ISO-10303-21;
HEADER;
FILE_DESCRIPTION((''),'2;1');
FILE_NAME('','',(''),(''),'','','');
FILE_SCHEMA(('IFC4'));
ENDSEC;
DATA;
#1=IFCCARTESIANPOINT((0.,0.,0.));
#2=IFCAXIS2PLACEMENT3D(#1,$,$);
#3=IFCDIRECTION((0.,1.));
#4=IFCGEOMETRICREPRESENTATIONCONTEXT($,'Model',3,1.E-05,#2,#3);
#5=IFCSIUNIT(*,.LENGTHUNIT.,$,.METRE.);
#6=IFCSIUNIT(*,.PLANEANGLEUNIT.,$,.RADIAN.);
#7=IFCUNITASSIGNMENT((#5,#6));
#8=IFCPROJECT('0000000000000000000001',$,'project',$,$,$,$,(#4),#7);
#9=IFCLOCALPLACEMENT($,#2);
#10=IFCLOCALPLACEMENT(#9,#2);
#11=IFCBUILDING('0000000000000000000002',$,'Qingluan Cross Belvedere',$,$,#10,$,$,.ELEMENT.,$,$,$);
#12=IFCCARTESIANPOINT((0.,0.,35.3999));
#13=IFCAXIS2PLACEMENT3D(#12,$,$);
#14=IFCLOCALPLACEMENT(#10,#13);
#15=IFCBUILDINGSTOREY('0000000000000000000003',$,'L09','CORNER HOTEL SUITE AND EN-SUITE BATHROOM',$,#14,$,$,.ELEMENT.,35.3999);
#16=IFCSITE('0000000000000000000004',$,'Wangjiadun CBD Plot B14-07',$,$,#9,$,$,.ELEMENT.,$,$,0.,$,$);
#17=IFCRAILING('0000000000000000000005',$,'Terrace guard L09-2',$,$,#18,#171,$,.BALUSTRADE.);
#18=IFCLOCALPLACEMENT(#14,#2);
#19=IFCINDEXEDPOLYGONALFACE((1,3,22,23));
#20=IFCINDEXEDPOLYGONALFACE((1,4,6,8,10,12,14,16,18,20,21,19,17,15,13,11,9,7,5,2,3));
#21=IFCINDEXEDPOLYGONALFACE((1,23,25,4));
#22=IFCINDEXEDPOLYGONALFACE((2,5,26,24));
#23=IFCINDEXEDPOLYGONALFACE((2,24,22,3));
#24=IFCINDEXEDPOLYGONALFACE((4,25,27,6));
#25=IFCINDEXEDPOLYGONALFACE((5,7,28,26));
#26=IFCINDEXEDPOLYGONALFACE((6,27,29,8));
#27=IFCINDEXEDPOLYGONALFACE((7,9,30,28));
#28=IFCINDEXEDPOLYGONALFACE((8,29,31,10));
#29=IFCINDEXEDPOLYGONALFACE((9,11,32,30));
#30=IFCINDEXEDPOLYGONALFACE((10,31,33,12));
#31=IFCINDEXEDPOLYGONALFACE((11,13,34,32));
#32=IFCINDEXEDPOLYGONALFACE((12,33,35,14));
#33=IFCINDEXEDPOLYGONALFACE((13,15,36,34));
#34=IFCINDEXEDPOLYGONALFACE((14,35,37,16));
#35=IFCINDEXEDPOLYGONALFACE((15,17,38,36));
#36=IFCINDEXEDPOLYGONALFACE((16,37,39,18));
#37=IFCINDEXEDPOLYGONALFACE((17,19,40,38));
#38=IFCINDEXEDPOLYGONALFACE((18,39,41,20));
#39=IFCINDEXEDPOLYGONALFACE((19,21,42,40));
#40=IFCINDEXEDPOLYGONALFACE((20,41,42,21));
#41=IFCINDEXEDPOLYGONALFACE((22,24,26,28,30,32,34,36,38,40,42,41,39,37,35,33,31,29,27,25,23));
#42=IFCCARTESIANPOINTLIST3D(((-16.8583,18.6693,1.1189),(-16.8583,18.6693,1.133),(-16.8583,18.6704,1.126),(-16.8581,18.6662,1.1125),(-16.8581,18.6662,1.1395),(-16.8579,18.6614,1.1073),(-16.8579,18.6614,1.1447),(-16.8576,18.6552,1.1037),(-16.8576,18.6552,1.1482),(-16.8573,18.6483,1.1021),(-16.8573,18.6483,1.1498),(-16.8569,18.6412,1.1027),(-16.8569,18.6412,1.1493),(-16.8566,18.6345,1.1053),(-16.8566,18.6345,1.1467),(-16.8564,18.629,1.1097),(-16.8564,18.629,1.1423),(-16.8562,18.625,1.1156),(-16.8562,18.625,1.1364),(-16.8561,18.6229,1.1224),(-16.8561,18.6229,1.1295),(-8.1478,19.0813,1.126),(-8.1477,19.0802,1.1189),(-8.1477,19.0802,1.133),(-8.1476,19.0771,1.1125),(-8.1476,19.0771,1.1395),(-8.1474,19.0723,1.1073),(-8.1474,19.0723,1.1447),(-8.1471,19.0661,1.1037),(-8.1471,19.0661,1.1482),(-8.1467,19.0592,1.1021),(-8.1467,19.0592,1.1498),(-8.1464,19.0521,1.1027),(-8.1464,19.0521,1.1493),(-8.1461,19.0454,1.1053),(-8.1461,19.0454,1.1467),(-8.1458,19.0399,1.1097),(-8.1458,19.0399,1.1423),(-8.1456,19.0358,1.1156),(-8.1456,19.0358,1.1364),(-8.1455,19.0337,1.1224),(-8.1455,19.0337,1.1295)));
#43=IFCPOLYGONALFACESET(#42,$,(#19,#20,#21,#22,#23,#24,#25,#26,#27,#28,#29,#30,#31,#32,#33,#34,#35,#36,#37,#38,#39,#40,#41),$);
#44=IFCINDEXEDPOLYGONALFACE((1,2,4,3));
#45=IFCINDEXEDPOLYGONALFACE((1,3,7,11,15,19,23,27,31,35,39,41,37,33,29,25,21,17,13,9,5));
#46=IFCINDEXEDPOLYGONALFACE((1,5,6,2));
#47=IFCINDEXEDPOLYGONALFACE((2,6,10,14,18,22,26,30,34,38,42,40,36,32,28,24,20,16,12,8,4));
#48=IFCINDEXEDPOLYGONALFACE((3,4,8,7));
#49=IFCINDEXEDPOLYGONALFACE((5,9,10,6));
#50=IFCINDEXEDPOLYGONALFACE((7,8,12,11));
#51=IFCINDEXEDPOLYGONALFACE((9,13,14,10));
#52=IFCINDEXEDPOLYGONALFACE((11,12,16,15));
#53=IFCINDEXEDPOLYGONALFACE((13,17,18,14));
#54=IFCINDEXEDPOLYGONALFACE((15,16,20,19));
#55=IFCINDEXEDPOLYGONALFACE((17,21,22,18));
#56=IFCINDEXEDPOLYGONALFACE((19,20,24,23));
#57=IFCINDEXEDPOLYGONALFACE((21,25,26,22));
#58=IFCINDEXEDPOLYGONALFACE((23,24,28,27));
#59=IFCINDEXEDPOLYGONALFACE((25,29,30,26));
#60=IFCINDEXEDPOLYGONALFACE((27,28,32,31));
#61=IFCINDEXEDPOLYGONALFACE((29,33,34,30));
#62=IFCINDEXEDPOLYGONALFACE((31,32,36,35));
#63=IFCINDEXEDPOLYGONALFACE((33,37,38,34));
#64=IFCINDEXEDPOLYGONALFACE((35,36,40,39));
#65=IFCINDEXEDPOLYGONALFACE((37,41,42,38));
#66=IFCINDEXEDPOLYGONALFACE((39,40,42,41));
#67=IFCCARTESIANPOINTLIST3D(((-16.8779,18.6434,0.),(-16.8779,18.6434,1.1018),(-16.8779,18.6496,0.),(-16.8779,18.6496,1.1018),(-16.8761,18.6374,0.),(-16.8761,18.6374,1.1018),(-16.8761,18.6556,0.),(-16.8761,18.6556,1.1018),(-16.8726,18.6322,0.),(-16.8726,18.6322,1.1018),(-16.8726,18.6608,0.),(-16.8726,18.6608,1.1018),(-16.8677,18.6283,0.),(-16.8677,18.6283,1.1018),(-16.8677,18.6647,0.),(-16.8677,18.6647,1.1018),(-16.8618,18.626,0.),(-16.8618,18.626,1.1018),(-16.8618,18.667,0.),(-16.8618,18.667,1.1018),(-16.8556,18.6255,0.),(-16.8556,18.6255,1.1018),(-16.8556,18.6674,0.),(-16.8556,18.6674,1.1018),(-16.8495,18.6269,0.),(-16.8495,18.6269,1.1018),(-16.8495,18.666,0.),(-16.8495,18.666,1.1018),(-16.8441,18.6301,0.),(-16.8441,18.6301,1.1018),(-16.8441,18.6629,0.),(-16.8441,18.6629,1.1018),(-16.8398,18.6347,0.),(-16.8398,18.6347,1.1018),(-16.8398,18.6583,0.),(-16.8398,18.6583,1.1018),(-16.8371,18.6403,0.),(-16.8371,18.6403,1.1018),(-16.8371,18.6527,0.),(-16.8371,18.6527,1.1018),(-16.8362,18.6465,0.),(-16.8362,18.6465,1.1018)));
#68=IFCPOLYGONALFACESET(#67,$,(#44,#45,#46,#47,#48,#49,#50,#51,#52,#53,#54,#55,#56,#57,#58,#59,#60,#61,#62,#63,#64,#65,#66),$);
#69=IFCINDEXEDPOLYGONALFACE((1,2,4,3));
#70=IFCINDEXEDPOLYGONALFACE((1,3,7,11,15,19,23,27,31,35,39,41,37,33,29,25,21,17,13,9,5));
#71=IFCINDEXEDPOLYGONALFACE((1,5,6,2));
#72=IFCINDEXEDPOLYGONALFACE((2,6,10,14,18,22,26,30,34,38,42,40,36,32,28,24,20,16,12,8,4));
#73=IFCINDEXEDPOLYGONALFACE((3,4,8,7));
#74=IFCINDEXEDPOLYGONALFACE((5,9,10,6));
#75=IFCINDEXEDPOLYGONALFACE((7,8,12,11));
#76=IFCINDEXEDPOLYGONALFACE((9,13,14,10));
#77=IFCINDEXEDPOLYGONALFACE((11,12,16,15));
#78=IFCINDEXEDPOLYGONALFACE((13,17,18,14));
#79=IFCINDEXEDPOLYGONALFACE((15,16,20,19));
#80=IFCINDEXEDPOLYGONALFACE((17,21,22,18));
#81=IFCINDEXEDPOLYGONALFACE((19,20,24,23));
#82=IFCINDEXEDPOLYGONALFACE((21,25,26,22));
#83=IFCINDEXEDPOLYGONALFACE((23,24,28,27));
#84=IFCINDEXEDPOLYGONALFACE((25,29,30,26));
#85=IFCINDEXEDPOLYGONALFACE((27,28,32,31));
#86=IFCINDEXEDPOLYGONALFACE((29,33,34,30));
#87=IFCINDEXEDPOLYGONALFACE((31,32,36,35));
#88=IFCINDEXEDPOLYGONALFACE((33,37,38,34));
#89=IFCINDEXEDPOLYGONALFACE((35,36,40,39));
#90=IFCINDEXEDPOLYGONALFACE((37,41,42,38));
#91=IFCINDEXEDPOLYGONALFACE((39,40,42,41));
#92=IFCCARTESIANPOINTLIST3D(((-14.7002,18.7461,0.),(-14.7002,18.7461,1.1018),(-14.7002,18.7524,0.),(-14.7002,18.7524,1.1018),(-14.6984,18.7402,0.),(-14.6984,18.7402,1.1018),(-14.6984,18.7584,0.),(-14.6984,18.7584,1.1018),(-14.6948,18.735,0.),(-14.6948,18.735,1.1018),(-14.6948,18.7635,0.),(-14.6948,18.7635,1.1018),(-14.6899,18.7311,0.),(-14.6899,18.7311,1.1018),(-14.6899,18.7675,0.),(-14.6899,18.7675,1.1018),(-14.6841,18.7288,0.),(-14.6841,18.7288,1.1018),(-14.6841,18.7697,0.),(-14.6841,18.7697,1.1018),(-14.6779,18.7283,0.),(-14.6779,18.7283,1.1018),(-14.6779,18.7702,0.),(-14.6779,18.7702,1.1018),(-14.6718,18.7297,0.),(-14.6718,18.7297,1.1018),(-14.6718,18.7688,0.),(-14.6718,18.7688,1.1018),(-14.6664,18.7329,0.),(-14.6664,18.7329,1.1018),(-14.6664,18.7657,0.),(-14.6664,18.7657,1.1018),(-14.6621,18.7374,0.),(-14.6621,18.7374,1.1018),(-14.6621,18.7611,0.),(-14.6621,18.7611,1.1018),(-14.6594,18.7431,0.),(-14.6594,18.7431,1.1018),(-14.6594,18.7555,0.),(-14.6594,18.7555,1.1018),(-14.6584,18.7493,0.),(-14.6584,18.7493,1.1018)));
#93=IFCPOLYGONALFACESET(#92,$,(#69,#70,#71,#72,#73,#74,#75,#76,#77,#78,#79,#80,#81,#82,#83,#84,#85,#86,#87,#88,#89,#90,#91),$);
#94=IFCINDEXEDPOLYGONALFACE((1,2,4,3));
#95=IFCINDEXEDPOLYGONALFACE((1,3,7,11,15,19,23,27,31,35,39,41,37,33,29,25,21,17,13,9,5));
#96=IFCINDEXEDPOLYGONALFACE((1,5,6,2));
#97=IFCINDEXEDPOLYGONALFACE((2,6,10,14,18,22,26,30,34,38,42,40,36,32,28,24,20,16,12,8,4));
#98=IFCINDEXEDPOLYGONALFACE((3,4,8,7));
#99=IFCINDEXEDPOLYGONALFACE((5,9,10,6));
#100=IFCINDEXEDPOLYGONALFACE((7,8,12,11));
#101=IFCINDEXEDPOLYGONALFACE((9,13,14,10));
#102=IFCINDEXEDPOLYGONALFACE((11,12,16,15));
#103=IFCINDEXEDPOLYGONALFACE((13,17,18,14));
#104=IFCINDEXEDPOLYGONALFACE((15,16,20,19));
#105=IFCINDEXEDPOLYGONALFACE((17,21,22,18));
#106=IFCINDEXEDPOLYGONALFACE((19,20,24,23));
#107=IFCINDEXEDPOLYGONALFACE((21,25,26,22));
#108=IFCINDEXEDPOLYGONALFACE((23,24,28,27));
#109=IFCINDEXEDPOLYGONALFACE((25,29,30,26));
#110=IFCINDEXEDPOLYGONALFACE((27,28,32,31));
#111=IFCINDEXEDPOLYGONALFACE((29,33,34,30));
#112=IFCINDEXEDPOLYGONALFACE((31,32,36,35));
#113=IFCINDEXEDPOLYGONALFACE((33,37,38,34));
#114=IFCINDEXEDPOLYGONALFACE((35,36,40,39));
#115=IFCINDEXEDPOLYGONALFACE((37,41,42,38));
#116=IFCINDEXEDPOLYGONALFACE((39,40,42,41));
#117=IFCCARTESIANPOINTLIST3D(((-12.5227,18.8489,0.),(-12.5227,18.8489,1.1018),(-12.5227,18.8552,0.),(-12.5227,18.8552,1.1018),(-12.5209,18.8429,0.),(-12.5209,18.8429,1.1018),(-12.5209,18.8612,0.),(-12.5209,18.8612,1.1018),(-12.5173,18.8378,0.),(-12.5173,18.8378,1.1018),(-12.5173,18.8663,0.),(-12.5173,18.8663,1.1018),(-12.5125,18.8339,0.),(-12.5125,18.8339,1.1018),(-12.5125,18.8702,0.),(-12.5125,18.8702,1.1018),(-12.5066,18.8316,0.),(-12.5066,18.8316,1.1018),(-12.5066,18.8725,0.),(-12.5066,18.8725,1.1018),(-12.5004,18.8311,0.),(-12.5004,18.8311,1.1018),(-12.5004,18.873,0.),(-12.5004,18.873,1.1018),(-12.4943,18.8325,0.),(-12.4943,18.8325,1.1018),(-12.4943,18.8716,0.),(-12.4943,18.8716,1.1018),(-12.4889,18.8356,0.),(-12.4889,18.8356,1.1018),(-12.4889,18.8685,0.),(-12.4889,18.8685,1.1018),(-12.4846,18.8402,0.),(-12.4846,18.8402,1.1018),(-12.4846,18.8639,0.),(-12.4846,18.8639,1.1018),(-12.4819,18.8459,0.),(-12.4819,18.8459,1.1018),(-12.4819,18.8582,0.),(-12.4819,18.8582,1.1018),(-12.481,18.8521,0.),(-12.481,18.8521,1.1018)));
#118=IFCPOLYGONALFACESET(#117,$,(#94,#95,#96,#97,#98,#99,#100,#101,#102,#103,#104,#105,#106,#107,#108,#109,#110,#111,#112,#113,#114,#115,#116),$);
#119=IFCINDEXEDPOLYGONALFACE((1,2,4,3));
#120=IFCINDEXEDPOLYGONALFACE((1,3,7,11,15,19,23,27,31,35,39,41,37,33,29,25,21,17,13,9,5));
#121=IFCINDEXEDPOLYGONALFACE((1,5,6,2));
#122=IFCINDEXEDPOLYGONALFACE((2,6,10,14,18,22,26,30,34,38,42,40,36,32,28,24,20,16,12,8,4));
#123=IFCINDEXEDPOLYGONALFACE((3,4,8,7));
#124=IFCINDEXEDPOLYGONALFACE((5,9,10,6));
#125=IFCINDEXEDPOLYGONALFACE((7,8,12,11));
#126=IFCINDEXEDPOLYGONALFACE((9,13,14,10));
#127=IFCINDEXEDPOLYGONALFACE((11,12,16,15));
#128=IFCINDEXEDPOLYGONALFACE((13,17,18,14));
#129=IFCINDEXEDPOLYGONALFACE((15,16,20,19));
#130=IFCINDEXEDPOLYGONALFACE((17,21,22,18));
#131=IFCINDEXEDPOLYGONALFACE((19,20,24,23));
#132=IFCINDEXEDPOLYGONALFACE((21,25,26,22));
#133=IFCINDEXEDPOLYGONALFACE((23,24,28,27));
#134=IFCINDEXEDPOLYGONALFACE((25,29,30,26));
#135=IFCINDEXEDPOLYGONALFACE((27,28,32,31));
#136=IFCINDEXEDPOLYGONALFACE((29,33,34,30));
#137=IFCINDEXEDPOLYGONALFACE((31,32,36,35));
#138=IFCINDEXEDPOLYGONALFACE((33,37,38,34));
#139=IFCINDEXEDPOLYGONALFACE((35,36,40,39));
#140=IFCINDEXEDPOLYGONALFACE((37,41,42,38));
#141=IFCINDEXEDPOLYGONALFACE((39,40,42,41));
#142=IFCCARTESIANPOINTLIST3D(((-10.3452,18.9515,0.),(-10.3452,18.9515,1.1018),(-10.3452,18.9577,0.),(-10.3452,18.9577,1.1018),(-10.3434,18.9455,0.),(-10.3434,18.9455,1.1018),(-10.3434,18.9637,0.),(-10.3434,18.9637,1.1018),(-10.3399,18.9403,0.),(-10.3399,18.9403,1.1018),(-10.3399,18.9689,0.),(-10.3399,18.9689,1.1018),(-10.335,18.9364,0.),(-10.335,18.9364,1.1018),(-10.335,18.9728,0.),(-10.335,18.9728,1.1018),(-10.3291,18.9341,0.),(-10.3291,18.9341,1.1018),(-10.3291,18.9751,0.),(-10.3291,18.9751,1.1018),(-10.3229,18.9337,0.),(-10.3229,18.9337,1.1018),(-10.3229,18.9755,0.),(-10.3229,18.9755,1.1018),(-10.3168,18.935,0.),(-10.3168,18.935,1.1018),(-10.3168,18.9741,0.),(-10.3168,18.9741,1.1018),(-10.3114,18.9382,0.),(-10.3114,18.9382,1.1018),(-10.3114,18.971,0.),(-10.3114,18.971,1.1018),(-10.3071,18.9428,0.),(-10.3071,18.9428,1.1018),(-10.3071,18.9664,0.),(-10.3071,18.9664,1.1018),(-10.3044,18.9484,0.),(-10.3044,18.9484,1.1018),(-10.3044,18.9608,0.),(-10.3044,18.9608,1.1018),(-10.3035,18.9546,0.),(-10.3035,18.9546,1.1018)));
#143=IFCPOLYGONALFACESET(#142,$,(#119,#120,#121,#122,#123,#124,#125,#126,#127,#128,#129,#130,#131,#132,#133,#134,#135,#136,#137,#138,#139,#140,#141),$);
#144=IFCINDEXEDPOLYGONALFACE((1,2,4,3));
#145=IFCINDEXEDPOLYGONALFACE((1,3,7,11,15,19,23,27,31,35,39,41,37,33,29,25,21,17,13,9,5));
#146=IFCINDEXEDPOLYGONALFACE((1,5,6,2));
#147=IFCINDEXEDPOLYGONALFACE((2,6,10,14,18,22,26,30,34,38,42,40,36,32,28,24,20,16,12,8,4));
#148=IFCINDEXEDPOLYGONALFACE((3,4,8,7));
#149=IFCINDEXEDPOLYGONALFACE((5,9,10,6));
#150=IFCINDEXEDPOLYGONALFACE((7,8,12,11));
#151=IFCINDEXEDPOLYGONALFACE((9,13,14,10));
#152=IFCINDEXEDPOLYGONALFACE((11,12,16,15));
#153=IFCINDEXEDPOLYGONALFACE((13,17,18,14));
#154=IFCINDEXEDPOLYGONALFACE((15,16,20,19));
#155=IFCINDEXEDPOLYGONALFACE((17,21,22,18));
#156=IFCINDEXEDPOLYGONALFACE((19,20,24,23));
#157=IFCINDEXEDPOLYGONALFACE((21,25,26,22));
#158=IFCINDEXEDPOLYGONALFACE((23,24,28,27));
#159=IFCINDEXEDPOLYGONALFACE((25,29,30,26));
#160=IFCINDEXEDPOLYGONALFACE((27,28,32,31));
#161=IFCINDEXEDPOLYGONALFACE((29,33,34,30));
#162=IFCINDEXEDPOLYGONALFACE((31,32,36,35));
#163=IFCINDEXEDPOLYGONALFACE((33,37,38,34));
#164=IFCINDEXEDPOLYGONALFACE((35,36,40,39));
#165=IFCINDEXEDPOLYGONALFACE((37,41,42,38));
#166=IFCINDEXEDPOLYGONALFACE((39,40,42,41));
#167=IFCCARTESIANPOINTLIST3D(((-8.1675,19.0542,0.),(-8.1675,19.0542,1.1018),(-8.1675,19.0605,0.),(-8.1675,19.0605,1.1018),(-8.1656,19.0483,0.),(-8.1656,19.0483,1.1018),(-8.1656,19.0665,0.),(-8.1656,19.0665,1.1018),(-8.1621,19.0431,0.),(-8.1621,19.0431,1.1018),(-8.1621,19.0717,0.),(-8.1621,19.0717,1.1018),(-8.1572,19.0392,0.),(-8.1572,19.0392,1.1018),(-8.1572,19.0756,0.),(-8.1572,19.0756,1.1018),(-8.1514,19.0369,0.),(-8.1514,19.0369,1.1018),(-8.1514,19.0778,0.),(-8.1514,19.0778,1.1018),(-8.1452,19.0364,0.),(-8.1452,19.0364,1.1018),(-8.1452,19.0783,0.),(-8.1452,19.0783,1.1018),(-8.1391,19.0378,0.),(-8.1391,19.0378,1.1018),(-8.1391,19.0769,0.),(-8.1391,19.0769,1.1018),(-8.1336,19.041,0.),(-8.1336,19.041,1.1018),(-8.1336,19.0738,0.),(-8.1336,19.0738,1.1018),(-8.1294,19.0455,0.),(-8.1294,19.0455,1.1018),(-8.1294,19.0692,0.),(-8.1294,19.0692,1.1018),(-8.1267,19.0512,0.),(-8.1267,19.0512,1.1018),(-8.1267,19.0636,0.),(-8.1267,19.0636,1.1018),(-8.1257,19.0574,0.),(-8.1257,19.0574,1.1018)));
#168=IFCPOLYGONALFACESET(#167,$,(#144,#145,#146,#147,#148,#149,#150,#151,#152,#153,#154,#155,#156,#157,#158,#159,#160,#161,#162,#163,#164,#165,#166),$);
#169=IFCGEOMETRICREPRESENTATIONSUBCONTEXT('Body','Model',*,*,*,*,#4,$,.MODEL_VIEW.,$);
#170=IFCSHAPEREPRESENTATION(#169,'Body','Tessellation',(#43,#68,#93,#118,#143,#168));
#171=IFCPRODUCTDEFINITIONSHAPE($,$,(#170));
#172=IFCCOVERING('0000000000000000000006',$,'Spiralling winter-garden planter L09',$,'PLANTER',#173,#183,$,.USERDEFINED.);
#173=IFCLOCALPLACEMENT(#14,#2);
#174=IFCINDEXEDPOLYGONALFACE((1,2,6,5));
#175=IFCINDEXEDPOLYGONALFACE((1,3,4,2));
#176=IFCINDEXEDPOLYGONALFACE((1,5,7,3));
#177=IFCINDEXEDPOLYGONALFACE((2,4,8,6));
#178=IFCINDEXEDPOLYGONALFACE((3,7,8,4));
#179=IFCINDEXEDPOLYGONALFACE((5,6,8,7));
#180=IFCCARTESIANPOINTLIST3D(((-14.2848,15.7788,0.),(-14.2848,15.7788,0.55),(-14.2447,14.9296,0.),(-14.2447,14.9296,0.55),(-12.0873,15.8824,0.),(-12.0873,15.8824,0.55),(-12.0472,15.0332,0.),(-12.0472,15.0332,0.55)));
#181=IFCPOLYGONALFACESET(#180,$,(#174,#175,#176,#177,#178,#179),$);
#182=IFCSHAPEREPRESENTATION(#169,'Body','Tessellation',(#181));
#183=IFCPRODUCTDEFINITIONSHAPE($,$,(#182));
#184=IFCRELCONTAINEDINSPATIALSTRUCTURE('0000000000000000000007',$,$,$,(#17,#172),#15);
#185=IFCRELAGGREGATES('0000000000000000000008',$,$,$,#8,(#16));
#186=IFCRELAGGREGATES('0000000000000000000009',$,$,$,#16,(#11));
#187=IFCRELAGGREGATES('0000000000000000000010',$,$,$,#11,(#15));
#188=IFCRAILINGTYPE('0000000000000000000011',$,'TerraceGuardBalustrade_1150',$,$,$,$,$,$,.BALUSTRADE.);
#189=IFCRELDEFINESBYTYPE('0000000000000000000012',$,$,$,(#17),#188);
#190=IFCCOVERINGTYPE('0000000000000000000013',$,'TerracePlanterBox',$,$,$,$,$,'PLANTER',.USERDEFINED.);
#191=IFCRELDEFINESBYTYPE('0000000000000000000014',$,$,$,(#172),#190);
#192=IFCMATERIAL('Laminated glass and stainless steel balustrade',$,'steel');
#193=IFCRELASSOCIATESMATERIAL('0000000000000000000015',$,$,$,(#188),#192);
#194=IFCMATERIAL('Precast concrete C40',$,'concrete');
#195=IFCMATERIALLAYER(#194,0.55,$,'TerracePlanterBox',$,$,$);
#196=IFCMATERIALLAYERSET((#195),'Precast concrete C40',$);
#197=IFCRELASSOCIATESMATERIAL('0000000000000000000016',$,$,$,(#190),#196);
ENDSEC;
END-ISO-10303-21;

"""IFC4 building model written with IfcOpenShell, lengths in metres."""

from ifc_helpers import new_model, si_unit, direction, frame, origin, origin_2d, place, context, subcontext, project, spatial, rectangle, circle, extrude, material, layer, layer_set, type_object, element, save


model = new_model("IFC4")

# Units and contexts
model_context = context("Model", 3, precision=1e-05, world=origin(), true_north=direction((0.0, 1.0)))
body_context = subcontext(model_context, "Body", "Model", "MODEL_VIEW")
ifc_project = project(units=[si_unit("LENGTHUNIT", "METRE"), si_unit("PLANEANGLEUNIT", "RADIAN")], contexts=[model_context])

# Site, building, storey
site_placement = place(None, origin())
site = spatial("IfcSite", under=ifc_project, at=site_placement, Name="Wangjiadun CBD Plot B14-07", CompositionType="ELEMENT", RefElevation=0.0)
building_placement = place(site_placement, origin())
building = spatial("IfcBuilding", under=site, at=building_placement, Name="Qingluan Cross Belvedere", CompositionType="ELEMENT")
storey_placement = place(building_placement, frame((0.0, 0.0, 35.3999)))
storey = spatial("IfcBuildingStorey", under=building, at=storey_placement, Name="L09", Description="CORNER HOTEL SUITE AND EN-SUITE BATHROOM", CompositionType="ELEMENT", Elevation=35.3999)

# Railing
ifc_material_1 = material(Name="Laminated glass and stainless steel balustrade", Category="steel")
railing_type = type_object("IfcRailingType", Name="TerraceGuardBalustrade_1150", PredefinedType="BALUSTRADE", material=ifc_material_1)
railing_placement = place(storey_placement, frame((-16.8572, 18.6465, 0.0)))
element("IfcRailing", 1, at=railing_placement, inside=storey, type_object=railing_type, Name="Terrace guard L09-2", PredefinedType="BALUSTRADE", context=body_context, shape_type="SweptSolid", body=[
    extrude(circle(Radius=0.0239, at=origin_2d()), frame((0.0, 0.0, 1.126), z_axis=(0.998889, 0.04712, 0.0), x_axis=(-0.04712, 0.998889, 0.0)), (0.0, 0.0, 1.0), 8.7202),
    extrude(circle(Radius=0.021, at=origin_2d()), origin(), (0.0, 0.0, 1.0), 1.1018),
    extrude(circle(Radius=0.021, at=origin_2d()), frame((2.1777, 0.1028, 0.0)), (0.0, 0.0, 1.0), 1.1018),
    extrude(circle(Radius=0.021, at=origin_2d()), frame((4.3552, 0.2056, 0.0)), (0.0, 0.0, 1.0), 1.1018),
    extrude(circle(Radius=0.021, at=origin_2d()), frame((6.5327, 0.3081, 0.0)), (0.0, 0.0, 1.0), 1.1018),
    extrude(circle(Radius=0.021, at=origin_2d()), frame((8.7104, 0.4109, 0.0)), (0.0, 0.0, 1.0), 1.1018),
])

# Covering
ifc_material_2 = material(Name="Precast concrete C40", Category="concrete")
ifc_layer_1 = layer(ifc_material_2, 0.55, Name="TerracePlanterBox")
ifc_layer_set_1 = layer_set([ifc_layer_1], Name="Precast concrete C40")
covering_type_1 = type_object("IfcCoveringType", Name="TerracePlanterBox", ElementType="PLANTER", PredefinedType="USERDEFINED", material=ifc_layer_set_1)
covering_1_placement = place(storey_placement, frame((-13.166, 15.406, 0.0), z_axis=(0.0, 0.0, 1.0), x_axis=(0.99889, 0.047106, 0.0)))
element("IfcCovering", 2, at=covering_1_placement, inside=storey, type_object=covering_type_1, Name="Spiralling winter-garden planter L09", ObjectType="PLANTER", PredefinedType="USERDEFINED", context=body_context, shape_type="SweptSolid", body=[
    extrude(rectangle(XDim=2.2, YDim=0.8501, at=origin_2d()), origin(), (0.0, 0.0, 1.0), 0.55),
])

save(model, "model.ifc")
